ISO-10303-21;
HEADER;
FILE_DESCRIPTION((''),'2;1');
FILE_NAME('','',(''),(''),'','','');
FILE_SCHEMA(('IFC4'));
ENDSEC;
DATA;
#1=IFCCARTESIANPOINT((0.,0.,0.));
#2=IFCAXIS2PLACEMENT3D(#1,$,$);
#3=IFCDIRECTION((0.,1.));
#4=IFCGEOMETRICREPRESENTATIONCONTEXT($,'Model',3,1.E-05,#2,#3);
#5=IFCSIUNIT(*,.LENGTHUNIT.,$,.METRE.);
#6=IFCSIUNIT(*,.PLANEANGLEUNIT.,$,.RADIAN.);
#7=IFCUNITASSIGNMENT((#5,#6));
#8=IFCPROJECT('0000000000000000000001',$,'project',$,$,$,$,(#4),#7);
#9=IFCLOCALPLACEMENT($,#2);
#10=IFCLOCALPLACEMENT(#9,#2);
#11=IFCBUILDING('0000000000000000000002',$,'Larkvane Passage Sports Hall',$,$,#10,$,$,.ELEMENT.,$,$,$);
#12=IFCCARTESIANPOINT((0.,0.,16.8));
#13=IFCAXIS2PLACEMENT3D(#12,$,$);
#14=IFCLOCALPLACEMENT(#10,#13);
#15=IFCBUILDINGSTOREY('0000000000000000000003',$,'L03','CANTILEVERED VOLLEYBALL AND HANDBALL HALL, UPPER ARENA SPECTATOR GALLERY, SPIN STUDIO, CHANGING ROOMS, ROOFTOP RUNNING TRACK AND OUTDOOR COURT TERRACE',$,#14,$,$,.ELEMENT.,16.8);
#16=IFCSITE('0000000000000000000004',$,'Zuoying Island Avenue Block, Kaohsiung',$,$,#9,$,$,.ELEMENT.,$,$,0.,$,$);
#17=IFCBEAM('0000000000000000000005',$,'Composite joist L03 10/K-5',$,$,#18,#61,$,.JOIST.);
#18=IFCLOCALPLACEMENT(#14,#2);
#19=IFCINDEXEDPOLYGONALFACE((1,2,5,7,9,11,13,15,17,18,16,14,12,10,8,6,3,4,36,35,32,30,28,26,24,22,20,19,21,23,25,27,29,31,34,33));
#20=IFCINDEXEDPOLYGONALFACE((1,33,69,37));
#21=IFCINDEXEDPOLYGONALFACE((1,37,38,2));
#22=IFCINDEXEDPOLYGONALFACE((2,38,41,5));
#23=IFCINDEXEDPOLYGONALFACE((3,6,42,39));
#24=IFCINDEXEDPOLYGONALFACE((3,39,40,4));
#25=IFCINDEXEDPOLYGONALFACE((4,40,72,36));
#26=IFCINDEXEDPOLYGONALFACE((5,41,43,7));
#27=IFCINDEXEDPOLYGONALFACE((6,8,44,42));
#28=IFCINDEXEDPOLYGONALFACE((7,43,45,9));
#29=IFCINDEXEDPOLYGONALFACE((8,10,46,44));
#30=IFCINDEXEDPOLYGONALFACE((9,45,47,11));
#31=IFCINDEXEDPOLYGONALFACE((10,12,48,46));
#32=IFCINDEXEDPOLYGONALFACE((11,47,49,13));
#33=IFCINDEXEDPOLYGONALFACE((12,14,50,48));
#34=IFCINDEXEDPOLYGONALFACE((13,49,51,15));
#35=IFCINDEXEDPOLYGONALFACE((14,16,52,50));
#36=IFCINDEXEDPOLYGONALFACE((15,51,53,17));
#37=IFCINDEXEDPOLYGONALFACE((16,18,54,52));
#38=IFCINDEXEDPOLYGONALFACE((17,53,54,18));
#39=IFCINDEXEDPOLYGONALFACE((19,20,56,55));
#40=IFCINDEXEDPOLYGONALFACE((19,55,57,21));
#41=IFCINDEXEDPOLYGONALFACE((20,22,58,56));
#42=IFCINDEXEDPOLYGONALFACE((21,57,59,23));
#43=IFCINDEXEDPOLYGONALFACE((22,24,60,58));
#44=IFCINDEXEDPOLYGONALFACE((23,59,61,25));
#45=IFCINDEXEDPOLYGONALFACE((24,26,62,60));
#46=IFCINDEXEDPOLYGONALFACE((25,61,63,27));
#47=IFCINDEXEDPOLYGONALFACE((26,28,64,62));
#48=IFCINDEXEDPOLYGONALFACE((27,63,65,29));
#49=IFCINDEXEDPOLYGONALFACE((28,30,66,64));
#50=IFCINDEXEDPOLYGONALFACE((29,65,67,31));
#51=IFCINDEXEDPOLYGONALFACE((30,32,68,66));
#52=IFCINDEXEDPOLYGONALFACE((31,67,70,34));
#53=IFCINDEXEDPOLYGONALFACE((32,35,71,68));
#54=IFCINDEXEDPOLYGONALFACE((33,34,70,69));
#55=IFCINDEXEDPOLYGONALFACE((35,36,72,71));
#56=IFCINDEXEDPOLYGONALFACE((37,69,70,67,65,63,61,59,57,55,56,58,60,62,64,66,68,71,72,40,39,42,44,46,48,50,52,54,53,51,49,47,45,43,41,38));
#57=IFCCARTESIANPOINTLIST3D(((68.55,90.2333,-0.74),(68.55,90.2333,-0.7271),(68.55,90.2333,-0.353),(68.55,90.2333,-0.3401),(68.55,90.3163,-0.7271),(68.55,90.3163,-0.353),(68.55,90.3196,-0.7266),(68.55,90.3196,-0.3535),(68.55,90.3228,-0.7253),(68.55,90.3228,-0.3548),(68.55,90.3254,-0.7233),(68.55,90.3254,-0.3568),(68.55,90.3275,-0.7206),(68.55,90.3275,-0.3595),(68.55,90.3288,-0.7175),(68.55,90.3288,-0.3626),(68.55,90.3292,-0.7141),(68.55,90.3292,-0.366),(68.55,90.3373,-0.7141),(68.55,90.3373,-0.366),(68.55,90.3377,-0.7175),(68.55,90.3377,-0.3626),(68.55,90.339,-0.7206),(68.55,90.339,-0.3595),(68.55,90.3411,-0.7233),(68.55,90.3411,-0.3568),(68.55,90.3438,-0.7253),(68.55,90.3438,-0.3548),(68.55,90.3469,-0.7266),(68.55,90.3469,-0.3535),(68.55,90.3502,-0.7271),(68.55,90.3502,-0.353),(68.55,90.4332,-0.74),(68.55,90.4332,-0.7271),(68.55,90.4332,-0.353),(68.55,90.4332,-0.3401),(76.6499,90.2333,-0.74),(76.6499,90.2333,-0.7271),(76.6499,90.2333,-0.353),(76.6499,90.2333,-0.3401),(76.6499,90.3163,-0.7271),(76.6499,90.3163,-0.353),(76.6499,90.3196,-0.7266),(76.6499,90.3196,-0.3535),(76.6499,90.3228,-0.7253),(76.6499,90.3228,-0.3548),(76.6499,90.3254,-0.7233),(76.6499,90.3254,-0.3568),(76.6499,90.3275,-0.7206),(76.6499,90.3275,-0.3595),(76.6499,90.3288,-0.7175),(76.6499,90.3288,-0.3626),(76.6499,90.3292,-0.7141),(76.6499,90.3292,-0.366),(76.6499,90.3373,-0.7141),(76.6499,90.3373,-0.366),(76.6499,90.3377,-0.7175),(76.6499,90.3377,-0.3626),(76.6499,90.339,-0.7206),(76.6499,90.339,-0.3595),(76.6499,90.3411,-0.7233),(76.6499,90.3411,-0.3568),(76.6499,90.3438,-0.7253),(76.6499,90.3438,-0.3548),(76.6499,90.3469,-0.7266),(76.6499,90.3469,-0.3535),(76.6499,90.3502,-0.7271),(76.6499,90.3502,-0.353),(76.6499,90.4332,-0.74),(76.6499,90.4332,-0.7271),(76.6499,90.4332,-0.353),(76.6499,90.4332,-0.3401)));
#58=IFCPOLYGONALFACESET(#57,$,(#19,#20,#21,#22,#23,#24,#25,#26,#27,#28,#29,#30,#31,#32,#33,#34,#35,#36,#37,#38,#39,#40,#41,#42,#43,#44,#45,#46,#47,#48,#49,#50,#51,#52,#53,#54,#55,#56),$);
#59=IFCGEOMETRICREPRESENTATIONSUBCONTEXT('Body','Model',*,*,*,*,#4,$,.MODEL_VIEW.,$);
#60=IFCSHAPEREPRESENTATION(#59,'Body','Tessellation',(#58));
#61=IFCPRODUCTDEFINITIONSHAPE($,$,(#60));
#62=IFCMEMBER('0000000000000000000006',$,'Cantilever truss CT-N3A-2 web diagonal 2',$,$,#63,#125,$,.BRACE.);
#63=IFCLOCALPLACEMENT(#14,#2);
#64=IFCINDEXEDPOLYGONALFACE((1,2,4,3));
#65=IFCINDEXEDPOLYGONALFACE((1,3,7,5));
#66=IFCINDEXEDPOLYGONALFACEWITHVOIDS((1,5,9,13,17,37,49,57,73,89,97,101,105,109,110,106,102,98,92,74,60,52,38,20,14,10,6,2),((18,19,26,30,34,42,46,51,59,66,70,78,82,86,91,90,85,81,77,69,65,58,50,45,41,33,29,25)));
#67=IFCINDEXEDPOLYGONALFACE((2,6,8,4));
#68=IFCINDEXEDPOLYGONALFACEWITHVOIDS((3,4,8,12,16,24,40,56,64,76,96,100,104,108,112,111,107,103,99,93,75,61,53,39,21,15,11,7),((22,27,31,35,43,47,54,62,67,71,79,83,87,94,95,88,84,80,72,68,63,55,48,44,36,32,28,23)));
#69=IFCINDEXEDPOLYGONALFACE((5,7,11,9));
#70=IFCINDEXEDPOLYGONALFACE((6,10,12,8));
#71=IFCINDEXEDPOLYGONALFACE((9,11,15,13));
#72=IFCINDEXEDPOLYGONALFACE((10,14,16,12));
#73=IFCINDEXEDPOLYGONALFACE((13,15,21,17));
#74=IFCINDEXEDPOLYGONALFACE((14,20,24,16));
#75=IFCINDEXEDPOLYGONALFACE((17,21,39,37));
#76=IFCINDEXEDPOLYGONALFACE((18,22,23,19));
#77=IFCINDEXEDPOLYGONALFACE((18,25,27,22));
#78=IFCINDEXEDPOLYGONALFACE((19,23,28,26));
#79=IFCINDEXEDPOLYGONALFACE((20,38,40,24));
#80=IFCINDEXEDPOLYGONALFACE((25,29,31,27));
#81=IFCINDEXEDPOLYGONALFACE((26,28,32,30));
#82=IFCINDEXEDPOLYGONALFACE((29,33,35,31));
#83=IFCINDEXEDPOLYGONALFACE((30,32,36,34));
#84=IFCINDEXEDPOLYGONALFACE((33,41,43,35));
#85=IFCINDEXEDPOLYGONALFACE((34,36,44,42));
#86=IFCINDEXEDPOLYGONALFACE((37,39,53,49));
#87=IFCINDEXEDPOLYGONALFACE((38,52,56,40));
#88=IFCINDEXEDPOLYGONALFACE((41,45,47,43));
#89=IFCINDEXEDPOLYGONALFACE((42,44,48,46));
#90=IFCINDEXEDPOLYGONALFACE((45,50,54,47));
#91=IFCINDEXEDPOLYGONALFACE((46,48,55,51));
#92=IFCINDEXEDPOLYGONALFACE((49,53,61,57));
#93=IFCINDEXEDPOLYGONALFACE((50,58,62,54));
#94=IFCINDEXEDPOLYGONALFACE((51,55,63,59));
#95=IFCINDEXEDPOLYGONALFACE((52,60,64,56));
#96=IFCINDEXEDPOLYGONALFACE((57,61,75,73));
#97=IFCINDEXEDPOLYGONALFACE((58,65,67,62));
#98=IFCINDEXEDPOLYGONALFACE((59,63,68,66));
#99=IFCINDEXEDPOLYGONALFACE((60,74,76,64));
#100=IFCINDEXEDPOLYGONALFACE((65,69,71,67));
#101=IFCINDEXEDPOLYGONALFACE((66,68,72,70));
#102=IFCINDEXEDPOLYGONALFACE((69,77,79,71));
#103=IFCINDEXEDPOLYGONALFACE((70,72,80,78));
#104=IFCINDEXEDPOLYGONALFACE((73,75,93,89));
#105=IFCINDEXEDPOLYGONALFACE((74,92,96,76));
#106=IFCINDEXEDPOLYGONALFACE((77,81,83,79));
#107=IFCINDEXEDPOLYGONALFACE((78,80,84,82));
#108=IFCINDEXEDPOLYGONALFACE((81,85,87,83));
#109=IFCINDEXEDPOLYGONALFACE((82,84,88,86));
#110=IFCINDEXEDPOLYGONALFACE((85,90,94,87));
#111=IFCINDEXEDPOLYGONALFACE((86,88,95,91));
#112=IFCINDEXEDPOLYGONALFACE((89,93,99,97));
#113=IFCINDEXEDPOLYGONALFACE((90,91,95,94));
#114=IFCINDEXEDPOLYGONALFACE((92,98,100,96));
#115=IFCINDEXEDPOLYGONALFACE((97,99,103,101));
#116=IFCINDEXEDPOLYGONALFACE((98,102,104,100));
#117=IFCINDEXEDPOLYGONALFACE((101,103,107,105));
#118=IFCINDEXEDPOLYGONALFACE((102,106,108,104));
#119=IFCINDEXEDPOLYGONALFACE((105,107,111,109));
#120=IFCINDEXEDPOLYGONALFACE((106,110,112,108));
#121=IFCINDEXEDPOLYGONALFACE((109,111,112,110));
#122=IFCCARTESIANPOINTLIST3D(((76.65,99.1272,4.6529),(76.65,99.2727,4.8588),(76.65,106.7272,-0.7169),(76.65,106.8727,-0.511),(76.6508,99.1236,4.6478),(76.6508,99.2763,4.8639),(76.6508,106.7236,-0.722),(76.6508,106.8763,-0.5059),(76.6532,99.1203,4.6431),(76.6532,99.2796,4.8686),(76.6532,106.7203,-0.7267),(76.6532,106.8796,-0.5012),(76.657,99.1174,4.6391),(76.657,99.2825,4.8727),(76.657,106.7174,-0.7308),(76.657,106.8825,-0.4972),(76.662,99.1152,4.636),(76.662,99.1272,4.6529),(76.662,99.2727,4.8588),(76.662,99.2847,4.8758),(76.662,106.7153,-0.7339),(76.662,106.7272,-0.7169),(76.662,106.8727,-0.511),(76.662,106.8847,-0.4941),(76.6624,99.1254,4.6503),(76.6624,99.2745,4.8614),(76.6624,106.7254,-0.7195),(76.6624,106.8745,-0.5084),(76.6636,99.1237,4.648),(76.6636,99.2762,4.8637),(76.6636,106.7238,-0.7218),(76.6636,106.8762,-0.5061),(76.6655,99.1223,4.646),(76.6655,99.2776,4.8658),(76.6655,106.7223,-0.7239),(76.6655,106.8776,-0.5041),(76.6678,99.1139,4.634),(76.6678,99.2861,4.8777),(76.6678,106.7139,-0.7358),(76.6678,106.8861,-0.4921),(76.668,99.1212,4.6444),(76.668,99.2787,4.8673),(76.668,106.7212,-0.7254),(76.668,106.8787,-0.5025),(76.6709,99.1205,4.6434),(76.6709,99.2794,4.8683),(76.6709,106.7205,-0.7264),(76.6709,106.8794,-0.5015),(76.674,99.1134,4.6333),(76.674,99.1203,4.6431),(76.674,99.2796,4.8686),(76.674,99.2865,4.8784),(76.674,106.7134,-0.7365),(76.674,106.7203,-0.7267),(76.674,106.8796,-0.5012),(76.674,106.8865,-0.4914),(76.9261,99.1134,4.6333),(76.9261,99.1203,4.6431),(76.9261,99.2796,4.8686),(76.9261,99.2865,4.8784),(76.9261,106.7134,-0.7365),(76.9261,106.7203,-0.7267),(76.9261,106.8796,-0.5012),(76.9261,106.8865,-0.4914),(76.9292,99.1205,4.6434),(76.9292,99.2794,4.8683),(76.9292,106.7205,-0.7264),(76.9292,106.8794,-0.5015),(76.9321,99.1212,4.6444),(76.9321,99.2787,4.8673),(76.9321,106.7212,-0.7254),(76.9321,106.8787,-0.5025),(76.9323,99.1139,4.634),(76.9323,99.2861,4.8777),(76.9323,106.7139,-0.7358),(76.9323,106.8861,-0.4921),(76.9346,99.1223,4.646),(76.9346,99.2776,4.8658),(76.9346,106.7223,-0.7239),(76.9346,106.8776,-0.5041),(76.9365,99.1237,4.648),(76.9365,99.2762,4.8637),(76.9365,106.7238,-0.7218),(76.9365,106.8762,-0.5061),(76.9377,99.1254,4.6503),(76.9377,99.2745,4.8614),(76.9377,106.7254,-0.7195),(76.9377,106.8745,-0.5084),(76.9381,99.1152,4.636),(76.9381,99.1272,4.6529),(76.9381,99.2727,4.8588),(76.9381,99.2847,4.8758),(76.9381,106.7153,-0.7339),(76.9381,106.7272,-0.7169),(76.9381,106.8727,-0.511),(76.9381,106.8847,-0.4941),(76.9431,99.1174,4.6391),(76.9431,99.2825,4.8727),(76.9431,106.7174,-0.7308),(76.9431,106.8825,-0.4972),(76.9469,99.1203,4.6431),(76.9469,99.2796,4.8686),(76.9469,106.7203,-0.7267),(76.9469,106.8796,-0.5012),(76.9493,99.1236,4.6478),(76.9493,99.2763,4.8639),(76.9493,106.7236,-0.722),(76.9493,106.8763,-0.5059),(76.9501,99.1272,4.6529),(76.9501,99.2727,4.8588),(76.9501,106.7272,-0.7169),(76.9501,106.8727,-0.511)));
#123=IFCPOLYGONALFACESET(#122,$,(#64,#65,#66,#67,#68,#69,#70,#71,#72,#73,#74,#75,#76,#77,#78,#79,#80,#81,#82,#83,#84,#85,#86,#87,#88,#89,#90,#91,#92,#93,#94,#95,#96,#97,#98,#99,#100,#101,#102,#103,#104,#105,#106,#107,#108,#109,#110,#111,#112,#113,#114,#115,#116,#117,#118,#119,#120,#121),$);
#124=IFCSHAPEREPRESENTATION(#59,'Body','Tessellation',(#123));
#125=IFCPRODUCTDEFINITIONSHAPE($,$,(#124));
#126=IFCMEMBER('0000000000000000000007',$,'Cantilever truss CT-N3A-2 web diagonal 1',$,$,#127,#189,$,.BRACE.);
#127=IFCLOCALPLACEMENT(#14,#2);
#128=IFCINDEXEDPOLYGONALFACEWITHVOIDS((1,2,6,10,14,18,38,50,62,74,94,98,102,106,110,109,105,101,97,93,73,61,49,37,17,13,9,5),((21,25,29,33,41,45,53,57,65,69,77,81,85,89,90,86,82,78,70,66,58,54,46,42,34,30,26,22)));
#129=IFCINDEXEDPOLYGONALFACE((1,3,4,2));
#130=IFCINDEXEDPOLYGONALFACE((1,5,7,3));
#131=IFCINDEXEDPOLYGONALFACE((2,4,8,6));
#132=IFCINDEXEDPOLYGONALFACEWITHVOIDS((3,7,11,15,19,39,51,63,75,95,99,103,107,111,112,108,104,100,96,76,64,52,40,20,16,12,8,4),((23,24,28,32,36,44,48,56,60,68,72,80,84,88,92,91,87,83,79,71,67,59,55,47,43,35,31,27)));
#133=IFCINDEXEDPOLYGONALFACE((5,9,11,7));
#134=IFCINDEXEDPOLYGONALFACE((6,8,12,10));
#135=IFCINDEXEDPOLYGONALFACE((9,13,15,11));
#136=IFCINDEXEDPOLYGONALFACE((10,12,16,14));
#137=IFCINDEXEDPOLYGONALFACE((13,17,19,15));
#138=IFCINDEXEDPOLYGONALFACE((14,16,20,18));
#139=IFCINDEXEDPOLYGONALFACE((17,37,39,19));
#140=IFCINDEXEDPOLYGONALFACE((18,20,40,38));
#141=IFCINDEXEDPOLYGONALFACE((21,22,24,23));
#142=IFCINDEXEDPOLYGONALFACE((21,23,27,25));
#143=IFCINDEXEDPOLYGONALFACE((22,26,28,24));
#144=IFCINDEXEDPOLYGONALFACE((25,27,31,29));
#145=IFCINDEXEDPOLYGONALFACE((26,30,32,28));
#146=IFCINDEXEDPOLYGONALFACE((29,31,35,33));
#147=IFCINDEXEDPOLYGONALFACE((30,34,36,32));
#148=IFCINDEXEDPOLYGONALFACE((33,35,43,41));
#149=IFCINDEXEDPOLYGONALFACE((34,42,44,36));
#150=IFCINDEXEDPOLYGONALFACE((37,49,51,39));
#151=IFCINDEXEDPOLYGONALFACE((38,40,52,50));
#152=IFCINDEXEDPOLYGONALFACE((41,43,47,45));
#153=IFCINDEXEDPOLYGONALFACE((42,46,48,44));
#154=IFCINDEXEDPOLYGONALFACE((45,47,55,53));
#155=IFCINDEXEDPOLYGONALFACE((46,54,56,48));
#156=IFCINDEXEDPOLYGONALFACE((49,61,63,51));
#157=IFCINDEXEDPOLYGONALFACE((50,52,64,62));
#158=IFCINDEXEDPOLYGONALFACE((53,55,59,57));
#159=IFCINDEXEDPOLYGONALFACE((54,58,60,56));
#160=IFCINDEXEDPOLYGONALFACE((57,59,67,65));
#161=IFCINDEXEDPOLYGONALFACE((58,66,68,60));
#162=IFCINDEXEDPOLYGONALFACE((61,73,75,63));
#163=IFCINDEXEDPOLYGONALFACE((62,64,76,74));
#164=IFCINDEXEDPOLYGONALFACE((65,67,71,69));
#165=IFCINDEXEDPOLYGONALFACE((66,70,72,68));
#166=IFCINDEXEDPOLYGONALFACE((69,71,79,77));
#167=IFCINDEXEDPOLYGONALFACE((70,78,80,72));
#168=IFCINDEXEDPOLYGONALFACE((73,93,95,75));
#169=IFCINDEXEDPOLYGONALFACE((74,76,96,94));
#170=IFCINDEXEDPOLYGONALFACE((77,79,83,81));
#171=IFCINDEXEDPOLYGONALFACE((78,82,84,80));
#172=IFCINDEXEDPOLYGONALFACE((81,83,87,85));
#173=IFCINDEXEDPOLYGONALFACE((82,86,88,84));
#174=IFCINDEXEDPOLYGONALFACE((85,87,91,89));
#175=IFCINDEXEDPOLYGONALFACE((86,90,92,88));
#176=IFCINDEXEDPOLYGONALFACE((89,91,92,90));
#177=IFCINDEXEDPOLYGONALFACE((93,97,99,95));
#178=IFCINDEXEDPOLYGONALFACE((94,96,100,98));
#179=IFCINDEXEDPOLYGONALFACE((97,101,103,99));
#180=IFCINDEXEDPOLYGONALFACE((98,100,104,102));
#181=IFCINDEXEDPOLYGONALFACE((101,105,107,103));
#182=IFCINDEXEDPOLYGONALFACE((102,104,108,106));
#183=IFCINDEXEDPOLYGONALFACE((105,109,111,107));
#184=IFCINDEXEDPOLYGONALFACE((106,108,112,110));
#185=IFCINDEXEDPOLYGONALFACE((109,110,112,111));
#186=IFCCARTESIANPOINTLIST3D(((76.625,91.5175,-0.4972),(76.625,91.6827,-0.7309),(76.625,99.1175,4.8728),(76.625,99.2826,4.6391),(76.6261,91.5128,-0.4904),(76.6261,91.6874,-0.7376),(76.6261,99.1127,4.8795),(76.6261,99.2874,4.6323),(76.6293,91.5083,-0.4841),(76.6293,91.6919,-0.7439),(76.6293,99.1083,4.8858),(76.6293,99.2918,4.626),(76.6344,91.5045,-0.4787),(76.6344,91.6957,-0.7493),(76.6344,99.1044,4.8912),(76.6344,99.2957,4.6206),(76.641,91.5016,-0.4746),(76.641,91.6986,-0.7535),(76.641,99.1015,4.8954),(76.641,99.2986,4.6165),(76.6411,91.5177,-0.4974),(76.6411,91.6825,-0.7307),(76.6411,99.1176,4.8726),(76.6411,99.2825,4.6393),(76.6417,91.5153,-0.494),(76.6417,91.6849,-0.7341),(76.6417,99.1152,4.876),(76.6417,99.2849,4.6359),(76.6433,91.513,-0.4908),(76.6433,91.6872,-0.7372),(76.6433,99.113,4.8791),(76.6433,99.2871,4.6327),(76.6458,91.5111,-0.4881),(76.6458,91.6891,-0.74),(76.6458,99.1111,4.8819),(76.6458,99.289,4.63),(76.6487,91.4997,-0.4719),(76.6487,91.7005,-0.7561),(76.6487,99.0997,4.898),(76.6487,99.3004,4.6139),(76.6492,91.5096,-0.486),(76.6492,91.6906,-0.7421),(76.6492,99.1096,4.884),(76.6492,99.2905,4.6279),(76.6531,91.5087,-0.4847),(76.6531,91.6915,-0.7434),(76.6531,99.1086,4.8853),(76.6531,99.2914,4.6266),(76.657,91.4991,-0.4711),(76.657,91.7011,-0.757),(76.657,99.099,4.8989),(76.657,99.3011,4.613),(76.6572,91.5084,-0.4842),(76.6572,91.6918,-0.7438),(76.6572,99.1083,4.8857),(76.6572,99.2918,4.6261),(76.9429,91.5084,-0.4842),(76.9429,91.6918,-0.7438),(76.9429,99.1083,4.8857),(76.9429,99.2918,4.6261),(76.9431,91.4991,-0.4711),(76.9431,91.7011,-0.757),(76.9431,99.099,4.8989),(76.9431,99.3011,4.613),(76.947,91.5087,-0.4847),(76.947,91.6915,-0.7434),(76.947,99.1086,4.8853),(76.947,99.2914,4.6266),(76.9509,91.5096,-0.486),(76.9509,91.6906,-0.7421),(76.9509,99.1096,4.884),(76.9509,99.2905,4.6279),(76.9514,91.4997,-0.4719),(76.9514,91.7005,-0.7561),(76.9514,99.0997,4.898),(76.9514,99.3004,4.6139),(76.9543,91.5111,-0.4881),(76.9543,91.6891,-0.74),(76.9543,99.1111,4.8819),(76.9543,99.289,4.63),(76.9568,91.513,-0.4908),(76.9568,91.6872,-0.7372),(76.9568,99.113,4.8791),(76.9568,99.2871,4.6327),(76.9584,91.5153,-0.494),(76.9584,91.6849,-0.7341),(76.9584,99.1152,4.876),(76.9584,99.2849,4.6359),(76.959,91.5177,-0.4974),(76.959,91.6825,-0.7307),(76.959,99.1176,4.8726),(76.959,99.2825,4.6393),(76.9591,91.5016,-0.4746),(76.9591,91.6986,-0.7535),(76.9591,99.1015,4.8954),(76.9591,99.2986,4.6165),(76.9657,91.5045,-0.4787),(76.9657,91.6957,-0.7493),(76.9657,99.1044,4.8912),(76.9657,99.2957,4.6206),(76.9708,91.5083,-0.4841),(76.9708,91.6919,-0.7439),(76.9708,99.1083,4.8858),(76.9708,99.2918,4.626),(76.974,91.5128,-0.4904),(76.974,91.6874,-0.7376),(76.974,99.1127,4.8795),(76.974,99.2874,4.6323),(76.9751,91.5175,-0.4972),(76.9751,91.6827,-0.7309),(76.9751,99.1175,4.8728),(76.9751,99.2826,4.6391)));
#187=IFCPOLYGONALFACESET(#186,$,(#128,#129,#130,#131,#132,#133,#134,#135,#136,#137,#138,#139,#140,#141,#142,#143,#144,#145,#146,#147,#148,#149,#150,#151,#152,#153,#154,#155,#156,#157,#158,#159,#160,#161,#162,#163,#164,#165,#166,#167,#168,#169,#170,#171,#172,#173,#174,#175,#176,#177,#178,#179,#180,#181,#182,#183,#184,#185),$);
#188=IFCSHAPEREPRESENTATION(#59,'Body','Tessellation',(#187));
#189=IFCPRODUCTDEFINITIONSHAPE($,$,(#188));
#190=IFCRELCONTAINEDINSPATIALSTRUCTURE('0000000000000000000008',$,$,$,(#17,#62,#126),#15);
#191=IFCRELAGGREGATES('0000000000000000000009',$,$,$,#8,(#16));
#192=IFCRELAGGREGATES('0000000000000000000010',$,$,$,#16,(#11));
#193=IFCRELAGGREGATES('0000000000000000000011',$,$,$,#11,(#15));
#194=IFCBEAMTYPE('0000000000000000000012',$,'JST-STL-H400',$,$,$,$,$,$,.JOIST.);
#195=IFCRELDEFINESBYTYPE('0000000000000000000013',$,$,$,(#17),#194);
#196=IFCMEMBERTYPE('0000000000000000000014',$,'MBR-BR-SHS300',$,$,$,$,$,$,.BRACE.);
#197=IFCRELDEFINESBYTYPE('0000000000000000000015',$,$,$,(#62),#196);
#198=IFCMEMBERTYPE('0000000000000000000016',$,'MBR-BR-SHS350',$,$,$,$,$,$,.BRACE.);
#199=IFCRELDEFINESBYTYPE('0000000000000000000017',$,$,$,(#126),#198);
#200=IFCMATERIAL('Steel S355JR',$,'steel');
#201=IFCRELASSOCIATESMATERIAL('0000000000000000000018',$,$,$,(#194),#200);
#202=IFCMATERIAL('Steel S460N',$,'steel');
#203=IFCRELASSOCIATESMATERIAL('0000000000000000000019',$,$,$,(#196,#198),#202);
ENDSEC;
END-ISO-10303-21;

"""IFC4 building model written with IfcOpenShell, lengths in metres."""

from ifc_helpers import new_model, si_unit, direction, frame, origin, origin_2d, place, context, subcontext, project, spatial, hollow_rectangle, i_section, extrude, material, material_profile, profile_set, type_object, element, save


model = new_model("IFC4")

# Units and contexts
model_context = context("Model", 3, precision=1e-05, world=origin(), true_north=direction((0.0, 1.0)))
body_context = subcontext(model_context, "Body", "Model", "MODEL_VIEW")
ifc_project = project(units=[si_unit("LENGTHUNIT", "METRE"), si_unit("PLANEANGLEUNIT", "RADIAN")], contexts=[model_context])

# Site, building, storey
site_placement = place(None, origin())
site = spatial("IfcSite", under=ifc_project, at=site_placement, Name="Zuoying Island Avenue Block, Kaohsiung", CompositionType="ELEMENT", RefElevation=0.0)
building_placement = place(site_placement, origin())
building = spatial("IfcBuilding", under=site, at=building_placement, Name="Larkvane Passage Sports Hall", CompositionType="ELEMENT")
storey_placement = place(building_placement, frame((0.0, 0.0, 16.8)))
storey = spatial("IfcBuildingStorey", under=building, at=storey_placement, Name="L03", Description="CANTILEVERED VOLLEYBALL AND HANDBALL HALL, UPPER ARENA SPECTATOR GALLERY, SPIN STUDIO, CHANGING ROOMS, ROOFTOP RUNNING TRACK AND OUTDOOR COURT TERRACE", CompositionType="ELEMENT", Elevation=16.8)

# Shared definitions
ifc_material_1 = material(Name="Steel S460N", Category="steel")
ifc_material_2 = material(Name="Steel S355JR", Category="steel")

# Beam
ifc_material_profile_1 = material_profile(ifc_material_2, i_section(OverallWidth=0.2, OverallDepth=0.3999, WebThickness=0.0081, FlangeThickness=0.0129, FilletRadius=0.0129, at=origin_2d()), Name="H-400x200x8x13")
ifc_profile_set_1 = profile_set([ifc_material_profile_1], Name="Steel S355JR")
beam_type_1 = type_object("IfcBeamType", Name="JST-STL-H400", PredefinedType="JOIST", material=ifc_profile_set_1)
beam_1_placement = place(storey_placement, frame((68.55, 90.3333, -0.54), z_axis=(1.0, 0.0, 0.0), x_axis=(0.0, 1.0, 0.0)))
element("IfcBeam", 1, at=beam_1_placement, inside=storey, type_object=beam_type_1, Name="Composite joist L03 10/K-5", PredefinedType="JOIST", context=body_context, shape_type="SweptSolid", body=[
    extrude(i_section(OverallWidth=0.2, OverallDepth=0.3999, WebThickness=0.0081, FlangeThickness=0.0129, FilletRadius=0.0129, at=origin_2d()), origin(), (0.0, 0.0, 1.0), 8.0999),
])

# Members
ifc_material_profile_2 = material_profile(ifc_material_1, hollow_rectangle(XDim=0.3, YDim=0.3, WallThickness=0.012, InnerFilletRadius=0.012, OuterFilletRadius=0.0239, at=origin_2d()), Name="SHS-300x300x12")
ifc_profile_set_2 = profile_set([ifc_material_profile_2], Name="Steel S460N")
member_type_1 = type_object("IfcMemberType", Name="MBR-BR-SHS300", PredefinedType="BRACE", material=ifc_profile_set_2)
member_1_placement = place(storey_placement, frame((76.8, 99.2, 4.7559), z_axis=(0.0, 0.81671, -0.577049), x_axis=(-1.0, 0.0, 0.0)))
element("IfcMember", 2, at=member_1_placement, inside=storey, type_object=member_type_1, Name="Cantilever truss CT-N3A-2 web diagonal 2", PredefinedType="BRACE", context=body_context, shape_type="SweptSolid", body=[
    extrude(hollow_rectangle(XDim=0.3, YDim=0.3, WallThickness=0.012, InnerFilletRadius=0.012, OuterFilletRadius=0.0239, at=origin_2d()), origin(), (0.0, 0.0, 1.0), 9.3057),
])
ifc_material_profile_3 = material_profile(ifc_material_1, hollow_rectangle(XDim=0.3501, YDim=0.3501, WallThickness=0.0161, InnerFilletRadius=0.0161, OuterFilletRadius=0.032, at=origin_2d()), Name="SHS-350x350x16")
ifc_profile_set_3 = profile_set([ifc_material_profile_3], Name="Steel S460N")
member_type_2 = type_object("IfcMemberType", Name="MBR-BR-SHS350", PredefinedType="BRACE", material=ifc_profile_set_3)
member_2_placement = place(storey_placement, frame((76.8, 91.6001, -0.614), z_axis=(0.0, 0.816701, 0.577061), x_axis=(-1.0, 0.0, 0.0)))
element("IfcMember", 3, at=member_2_placement, inside=storey, type_object=member_type_2, Name="Cantilever truss CT-N3A-2 web diagonal 1", PredefinedType="BRACE", context=body_context, shape_type="SweptSolid", body=[
    extrude(hollow_rectangle(XDim=0.3501, YDim=0.3501, WallThickness=0.0161, InnerFilletRadius=0.0161, OuterFilletRadius=0.032, at=origin_2d()), origin(), (0.0, 0.0, 1.0), 9.3057),
])

save(model, "model.ifc")
